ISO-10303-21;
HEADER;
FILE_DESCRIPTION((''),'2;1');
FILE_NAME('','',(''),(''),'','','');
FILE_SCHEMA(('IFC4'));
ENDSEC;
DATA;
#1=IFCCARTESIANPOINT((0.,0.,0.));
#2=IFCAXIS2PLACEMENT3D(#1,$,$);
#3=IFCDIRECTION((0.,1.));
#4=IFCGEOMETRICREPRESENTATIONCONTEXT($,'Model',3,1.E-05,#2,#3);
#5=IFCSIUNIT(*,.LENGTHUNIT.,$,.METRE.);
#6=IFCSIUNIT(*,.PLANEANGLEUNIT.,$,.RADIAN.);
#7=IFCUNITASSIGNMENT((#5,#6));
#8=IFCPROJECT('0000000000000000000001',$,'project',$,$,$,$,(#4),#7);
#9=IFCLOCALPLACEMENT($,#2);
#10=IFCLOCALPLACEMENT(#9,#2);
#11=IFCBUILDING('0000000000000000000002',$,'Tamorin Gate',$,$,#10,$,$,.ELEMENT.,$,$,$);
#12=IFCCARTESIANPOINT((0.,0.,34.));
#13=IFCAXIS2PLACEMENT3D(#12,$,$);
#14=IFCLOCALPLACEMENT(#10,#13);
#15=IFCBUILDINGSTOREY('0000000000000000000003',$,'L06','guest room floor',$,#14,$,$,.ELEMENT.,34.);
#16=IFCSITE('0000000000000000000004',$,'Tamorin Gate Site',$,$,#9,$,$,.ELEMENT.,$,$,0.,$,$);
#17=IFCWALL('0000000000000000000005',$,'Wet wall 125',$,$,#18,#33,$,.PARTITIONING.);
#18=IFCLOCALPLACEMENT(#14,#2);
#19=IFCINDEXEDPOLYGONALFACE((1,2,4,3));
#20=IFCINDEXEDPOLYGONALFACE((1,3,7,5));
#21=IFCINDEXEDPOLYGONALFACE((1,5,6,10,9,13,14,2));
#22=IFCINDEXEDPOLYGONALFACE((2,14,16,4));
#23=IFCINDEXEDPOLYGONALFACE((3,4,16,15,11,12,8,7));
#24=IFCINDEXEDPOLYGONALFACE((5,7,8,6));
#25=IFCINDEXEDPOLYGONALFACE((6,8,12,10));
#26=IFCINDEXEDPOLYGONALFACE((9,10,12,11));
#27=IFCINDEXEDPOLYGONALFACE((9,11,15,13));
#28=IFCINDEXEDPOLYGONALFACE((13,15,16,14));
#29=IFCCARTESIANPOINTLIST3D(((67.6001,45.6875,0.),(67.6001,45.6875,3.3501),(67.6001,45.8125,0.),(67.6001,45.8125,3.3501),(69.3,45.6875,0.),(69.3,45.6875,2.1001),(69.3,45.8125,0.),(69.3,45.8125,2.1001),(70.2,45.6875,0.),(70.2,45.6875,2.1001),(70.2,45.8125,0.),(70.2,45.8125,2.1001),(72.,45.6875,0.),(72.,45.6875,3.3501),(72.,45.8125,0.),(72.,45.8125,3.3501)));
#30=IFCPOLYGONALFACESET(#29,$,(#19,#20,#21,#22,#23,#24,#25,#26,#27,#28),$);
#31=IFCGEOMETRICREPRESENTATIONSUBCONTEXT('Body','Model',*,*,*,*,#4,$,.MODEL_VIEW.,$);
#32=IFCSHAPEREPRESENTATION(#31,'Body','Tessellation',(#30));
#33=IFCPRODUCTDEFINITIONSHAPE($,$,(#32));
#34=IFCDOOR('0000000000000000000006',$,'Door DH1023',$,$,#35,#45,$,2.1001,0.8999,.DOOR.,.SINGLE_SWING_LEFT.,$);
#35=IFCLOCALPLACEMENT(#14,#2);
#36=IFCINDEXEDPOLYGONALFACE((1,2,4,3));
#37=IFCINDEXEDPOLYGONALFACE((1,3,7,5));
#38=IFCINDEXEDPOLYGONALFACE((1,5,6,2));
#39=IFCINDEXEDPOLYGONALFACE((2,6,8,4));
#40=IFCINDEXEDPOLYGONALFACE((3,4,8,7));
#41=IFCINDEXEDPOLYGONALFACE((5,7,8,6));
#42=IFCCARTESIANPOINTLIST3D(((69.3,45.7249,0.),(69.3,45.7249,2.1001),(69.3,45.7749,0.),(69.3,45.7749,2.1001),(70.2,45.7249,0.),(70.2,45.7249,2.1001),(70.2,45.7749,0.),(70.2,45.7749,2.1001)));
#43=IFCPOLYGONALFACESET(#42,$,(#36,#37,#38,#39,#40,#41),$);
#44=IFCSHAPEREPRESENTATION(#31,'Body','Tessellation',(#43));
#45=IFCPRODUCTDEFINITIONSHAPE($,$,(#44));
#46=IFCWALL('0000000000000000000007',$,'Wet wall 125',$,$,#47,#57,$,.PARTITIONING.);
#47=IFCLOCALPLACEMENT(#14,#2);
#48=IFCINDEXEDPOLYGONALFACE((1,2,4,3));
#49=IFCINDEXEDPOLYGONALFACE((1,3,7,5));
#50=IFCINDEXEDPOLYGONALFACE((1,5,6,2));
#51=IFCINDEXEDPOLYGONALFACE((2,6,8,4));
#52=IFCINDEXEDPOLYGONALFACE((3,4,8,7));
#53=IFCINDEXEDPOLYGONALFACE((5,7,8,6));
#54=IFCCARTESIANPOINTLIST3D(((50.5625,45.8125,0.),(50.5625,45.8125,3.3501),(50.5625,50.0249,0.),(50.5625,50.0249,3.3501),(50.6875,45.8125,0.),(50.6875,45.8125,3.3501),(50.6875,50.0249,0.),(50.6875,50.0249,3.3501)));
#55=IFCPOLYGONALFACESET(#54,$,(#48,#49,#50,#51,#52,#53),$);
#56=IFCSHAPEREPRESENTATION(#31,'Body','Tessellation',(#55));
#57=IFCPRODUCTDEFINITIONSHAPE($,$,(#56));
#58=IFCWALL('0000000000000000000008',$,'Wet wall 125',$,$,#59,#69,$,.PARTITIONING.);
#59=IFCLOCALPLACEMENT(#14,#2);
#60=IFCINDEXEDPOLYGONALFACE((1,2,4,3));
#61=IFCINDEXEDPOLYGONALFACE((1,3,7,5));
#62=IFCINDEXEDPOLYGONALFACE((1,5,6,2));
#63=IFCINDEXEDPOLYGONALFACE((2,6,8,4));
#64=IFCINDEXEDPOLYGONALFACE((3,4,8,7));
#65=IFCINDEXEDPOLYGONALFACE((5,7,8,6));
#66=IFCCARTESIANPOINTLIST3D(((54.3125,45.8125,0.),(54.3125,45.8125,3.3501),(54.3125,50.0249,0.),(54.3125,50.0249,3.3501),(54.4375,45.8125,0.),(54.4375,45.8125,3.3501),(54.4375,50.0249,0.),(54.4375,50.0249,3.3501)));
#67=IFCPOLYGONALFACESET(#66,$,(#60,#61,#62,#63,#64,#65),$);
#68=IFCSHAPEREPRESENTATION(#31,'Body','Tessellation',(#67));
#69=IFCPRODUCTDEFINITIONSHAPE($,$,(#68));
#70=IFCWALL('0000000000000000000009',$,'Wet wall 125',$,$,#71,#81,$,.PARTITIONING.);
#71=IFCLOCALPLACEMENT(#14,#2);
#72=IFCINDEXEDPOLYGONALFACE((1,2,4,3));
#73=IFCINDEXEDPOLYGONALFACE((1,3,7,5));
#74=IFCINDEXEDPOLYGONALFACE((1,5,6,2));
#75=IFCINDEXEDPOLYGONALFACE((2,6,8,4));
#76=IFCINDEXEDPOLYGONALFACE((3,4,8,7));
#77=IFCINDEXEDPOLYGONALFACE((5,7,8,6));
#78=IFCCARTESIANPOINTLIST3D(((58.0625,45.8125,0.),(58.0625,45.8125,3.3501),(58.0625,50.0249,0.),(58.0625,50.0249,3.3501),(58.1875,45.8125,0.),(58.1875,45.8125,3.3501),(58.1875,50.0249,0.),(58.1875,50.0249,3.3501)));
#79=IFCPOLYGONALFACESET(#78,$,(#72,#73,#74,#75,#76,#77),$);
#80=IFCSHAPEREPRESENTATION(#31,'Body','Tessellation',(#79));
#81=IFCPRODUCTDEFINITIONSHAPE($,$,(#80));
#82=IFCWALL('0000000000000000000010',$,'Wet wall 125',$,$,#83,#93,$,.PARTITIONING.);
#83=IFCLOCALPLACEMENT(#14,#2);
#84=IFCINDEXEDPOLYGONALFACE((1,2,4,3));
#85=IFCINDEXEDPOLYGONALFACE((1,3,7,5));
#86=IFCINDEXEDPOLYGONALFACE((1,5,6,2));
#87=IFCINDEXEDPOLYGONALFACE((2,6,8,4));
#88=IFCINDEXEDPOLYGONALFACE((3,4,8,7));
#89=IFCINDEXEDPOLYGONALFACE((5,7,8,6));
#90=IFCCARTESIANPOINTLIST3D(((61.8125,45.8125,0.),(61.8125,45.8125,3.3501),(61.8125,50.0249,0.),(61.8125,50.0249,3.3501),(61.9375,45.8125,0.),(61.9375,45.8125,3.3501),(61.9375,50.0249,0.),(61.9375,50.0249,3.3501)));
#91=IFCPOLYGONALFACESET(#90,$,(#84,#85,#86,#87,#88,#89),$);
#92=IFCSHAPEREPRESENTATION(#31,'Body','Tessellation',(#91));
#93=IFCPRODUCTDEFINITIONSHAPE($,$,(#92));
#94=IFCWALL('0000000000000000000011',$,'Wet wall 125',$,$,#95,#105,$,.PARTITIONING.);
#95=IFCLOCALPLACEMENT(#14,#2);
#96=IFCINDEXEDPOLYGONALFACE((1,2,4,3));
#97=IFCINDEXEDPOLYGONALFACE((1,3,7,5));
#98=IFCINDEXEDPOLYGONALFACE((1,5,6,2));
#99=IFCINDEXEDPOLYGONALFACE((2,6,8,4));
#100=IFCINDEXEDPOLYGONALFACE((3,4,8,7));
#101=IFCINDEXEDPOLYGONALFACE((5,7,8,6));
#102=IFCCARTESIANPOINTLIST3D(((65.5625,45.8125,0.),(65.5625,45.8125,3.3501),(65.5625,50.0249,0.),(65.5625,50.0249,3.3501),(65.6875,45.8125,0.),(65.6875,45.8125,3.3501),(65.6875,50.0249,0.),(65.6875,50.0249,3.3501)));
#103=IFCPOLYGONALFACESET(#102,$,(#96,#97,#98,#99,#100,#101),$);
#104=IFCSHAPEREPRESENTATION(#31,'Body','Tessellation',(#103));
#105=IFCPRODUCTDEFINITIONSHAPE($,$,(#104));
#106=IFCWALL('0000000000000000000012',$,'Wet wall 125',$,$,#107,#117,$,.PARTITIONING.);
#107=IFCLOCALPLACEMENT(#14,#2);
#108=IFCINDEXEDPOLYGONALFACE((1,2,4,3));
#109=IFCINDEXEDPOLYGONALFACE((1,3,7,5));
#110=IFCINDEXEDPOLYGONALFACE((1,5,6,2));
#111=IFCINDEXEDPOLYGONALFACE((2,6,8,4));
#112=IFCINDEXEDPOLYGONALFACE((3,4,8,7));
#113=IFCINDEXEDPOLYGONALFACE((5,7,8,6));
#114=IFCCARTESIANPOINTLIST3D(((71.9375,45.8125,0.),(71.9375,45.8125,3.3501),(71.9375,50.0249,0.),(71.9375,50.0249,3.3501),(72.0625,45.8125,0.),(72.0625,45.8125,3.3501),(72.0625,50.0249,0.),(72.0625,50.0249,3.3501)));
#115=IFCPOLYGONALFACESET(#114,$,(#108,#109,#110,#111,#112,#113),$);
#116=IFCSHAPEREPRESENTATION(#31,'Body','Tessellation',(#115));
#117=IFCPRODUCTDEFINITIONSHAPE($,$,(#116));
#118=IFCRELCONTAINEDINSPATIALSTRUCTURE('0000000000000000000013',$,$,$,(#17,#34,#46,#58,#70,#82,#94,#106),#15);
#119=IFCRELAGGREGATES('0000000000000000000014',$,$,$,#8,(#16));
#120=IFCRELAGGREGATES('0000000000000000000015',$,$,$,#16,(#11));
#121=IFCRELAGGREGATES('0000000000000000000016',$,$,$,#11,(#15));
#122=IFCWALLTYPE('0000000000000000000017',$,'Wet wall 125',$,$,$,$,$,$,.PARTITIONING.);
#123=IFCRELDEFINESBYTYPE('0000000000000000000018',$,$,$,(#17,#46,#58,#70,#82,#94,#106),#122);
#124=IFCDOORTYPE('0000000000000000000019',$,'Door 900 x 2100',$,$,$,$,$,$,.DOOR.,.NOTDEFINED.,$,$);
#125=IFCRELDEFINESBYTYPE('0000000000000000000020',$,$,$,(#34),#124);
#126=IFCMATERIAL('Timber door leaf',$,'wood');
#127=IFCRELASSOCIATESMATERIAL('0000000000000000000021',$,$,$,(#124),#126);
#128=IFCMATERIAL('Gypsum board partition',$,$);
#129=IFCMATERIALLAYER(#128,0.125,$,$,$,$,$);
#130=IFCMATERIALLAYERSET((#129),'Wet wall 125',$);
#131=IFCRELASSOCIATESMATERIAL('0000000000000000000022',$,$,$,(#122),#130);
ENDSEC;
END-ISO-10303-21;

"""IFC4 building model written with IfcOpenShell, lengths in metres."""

from ifc_helpers import new_model, si_unit, direction, frame, frame_2d, origin, place, context, subcontext, project, spatial, rectangle, extrude, material, layer, layer_set, type_object, element, fill, save


model = new_model("IFC4")

# Units and contexts
model_context = context("Model", 3, precision=1e-05, world=origin(), true_north=direction((0.0, 1.0)))
body_context = subcontext(model_context, "Body", "Model", "MODEL_VIEW")
ifc_project = project(units=[si_unit("LENGTHUNIT", "METRE"), si_unit("PLANEANGLEUNIT", "RADIAN")], contexts=[model_context])

# Site, building, storey
site_placement = place(None, origin())
site = spatial("IfcSite", under=ifc_project, at=site_placement, Name="Tamorin Gate Site", CompositionType="ELEMENT", RefElevation=0.0)
building_placement = place(site_placement, origin())
building = spatial("IfcBuilding", under=site, at=building_placement, Name="Tamorin Gate", CompositionType="ELEMENT")
storey_placement = place(building_placement, frame((0.0, 0.0, 34.0)))
storey = spatial("IfcBuildingStorey", under=building, at=storey_placement, Name="L06", Description="guest room floor", CompositionType="ELEMENT", Elevation=34.0)

# Shared definitions
ifc_material_1 = material(Name="Gypsum board partition")
ifc_material_2 = material(Name="Timber door leaf", Category="wood")

# Wall, opening, door
door_type_1 = type_object("IfcDoorType", Name="Door 900 x 2100", OperationType="NOTDEFINED", PredefinedType="DOOR", material=ifc_material_2)
ifc_layer_1 = layer(ifc_material_1, 0.125)
ifc_layer_set_1 = layer_set([ifc_layer_1], Name="Wet wall 125")
wall_type_1 = type_object("IfcWallType", Name="Wet wall 125", PredefinedType="PARTITIONING", material=ifc_layer_set_1)
wall_1_placement = place(storey_placement, frame((67.6001, 45.75, 0.0), z_axis=(0.0, 0.0, 1.0), x_axis=(1.0, 0.0, 0.0)))
wall_1 = element("IfcWall", 1, at=wall_1_placement, inside=storey, type_object=wall_type_1, Name="Wet wall 125", PredefinedType="PARTITIONING", context=body_context, shape_type="SweptSolid", body=[
    extrude(rectangle(XDim=4.3999, YDim=0.125, at=frame_2d((2.2, 0.0))), origin(), (0.0, 0.0, 1.0), 3.3501),
])
opening_1_placement = place(wall_1_placement, frame((1.7, 0.0, 0.0)))
opening_1 = element("IfcOpeningElement", 2, at=opening_1_placement, cuts=wall_1, PredefinedType="OPENING", context=body_context, shape_type="SweptSolid", body=[
    extrude(rectangle(XDim=0.8999, YDim=2.1001, at=frame_2d((0.45, 1.05))), frame((0.0, 0.0725, 0.0), z_axis=(0.0, -1.0, 0.0), x_axis=(1.0, 0.0, 0.0)), (0.0, 0.0, 1.0), 0.145),
])
door_1_placement = place(opening_1_placement, origin())
door_1 = element("IfcDoor", 3, at=door_1_placement, inside=storey, type_object=door_type_1, Name="Door DH1023", OperationType="SINGLE_SWING_LEFT", OverallHeight=2.1001, OverallWidth=0.8999, PredefinedType="DOOR", context=body_context, shape_type="SweptSolid", body=[
    extrude(rectangle(XDim=0.8999, YDim=2.1001, at=frame_2d((0.45, 1.05))), frame((0.0, 0.0249, 0.0), z_axis=(0.0, -1.0, 0.0), x_axis=(1.0, 0.0, 0.0)), (0.0, 0.0, 1.0), 0.05),
])
fill(opening_1, door_1)

# Walls
for number, where, z_axis, x_axis, name in (
    (4, (50.625, 45.8125, 0.0), (0.0, 0.0, 1.0), (0.0, 1.0, 0.0), "Wet wall 125"),
    (5, (54.375, 45.8125, 0.0), (0.0, 0.0, 1.0), (0.0, 1.0, 0.0), "Wet wall 125"),
    (6, (58.125, 45.8125, 0.0), (0.0, 0.0, 1.0), (0.0, 1.0, 0.0), "Wet wall 125"),
    (7, (61.875, 45.8125, 0.0), (0.0, 0.0, 1.0), (0.0, 1.0, 0.0), "Wet wall 125"),
    (8, (65.625, 45.8125, 0.0), (0.0, 0.0, 1.0), (0.0, 1.0, 0.0), "Wet wall 125"),
    (9, (72.0, 45.8125, 0.0), (0.0, 0.0, 1.0), (0.0, 1.0, 0.0), "Wet wall 125"),
):
    element("IfcWall", number, at=place(storey_placement, frame(where, z_axis=z_axis, x_axis=x_axis)), inside=storey, type_object=wall_type_1, Name=name, PredefinedType="PARTITIONING", context=body_context, shape_type="SweptSolid", body=[
        extrude(rectangle(XDim=4.2124, YDim=0.125, at=frame_2d((2.1062, 0.0))), origin(), (0.0, 0.0, 1.0), 3.3501),
    ])

save(model, "model.ifc")
